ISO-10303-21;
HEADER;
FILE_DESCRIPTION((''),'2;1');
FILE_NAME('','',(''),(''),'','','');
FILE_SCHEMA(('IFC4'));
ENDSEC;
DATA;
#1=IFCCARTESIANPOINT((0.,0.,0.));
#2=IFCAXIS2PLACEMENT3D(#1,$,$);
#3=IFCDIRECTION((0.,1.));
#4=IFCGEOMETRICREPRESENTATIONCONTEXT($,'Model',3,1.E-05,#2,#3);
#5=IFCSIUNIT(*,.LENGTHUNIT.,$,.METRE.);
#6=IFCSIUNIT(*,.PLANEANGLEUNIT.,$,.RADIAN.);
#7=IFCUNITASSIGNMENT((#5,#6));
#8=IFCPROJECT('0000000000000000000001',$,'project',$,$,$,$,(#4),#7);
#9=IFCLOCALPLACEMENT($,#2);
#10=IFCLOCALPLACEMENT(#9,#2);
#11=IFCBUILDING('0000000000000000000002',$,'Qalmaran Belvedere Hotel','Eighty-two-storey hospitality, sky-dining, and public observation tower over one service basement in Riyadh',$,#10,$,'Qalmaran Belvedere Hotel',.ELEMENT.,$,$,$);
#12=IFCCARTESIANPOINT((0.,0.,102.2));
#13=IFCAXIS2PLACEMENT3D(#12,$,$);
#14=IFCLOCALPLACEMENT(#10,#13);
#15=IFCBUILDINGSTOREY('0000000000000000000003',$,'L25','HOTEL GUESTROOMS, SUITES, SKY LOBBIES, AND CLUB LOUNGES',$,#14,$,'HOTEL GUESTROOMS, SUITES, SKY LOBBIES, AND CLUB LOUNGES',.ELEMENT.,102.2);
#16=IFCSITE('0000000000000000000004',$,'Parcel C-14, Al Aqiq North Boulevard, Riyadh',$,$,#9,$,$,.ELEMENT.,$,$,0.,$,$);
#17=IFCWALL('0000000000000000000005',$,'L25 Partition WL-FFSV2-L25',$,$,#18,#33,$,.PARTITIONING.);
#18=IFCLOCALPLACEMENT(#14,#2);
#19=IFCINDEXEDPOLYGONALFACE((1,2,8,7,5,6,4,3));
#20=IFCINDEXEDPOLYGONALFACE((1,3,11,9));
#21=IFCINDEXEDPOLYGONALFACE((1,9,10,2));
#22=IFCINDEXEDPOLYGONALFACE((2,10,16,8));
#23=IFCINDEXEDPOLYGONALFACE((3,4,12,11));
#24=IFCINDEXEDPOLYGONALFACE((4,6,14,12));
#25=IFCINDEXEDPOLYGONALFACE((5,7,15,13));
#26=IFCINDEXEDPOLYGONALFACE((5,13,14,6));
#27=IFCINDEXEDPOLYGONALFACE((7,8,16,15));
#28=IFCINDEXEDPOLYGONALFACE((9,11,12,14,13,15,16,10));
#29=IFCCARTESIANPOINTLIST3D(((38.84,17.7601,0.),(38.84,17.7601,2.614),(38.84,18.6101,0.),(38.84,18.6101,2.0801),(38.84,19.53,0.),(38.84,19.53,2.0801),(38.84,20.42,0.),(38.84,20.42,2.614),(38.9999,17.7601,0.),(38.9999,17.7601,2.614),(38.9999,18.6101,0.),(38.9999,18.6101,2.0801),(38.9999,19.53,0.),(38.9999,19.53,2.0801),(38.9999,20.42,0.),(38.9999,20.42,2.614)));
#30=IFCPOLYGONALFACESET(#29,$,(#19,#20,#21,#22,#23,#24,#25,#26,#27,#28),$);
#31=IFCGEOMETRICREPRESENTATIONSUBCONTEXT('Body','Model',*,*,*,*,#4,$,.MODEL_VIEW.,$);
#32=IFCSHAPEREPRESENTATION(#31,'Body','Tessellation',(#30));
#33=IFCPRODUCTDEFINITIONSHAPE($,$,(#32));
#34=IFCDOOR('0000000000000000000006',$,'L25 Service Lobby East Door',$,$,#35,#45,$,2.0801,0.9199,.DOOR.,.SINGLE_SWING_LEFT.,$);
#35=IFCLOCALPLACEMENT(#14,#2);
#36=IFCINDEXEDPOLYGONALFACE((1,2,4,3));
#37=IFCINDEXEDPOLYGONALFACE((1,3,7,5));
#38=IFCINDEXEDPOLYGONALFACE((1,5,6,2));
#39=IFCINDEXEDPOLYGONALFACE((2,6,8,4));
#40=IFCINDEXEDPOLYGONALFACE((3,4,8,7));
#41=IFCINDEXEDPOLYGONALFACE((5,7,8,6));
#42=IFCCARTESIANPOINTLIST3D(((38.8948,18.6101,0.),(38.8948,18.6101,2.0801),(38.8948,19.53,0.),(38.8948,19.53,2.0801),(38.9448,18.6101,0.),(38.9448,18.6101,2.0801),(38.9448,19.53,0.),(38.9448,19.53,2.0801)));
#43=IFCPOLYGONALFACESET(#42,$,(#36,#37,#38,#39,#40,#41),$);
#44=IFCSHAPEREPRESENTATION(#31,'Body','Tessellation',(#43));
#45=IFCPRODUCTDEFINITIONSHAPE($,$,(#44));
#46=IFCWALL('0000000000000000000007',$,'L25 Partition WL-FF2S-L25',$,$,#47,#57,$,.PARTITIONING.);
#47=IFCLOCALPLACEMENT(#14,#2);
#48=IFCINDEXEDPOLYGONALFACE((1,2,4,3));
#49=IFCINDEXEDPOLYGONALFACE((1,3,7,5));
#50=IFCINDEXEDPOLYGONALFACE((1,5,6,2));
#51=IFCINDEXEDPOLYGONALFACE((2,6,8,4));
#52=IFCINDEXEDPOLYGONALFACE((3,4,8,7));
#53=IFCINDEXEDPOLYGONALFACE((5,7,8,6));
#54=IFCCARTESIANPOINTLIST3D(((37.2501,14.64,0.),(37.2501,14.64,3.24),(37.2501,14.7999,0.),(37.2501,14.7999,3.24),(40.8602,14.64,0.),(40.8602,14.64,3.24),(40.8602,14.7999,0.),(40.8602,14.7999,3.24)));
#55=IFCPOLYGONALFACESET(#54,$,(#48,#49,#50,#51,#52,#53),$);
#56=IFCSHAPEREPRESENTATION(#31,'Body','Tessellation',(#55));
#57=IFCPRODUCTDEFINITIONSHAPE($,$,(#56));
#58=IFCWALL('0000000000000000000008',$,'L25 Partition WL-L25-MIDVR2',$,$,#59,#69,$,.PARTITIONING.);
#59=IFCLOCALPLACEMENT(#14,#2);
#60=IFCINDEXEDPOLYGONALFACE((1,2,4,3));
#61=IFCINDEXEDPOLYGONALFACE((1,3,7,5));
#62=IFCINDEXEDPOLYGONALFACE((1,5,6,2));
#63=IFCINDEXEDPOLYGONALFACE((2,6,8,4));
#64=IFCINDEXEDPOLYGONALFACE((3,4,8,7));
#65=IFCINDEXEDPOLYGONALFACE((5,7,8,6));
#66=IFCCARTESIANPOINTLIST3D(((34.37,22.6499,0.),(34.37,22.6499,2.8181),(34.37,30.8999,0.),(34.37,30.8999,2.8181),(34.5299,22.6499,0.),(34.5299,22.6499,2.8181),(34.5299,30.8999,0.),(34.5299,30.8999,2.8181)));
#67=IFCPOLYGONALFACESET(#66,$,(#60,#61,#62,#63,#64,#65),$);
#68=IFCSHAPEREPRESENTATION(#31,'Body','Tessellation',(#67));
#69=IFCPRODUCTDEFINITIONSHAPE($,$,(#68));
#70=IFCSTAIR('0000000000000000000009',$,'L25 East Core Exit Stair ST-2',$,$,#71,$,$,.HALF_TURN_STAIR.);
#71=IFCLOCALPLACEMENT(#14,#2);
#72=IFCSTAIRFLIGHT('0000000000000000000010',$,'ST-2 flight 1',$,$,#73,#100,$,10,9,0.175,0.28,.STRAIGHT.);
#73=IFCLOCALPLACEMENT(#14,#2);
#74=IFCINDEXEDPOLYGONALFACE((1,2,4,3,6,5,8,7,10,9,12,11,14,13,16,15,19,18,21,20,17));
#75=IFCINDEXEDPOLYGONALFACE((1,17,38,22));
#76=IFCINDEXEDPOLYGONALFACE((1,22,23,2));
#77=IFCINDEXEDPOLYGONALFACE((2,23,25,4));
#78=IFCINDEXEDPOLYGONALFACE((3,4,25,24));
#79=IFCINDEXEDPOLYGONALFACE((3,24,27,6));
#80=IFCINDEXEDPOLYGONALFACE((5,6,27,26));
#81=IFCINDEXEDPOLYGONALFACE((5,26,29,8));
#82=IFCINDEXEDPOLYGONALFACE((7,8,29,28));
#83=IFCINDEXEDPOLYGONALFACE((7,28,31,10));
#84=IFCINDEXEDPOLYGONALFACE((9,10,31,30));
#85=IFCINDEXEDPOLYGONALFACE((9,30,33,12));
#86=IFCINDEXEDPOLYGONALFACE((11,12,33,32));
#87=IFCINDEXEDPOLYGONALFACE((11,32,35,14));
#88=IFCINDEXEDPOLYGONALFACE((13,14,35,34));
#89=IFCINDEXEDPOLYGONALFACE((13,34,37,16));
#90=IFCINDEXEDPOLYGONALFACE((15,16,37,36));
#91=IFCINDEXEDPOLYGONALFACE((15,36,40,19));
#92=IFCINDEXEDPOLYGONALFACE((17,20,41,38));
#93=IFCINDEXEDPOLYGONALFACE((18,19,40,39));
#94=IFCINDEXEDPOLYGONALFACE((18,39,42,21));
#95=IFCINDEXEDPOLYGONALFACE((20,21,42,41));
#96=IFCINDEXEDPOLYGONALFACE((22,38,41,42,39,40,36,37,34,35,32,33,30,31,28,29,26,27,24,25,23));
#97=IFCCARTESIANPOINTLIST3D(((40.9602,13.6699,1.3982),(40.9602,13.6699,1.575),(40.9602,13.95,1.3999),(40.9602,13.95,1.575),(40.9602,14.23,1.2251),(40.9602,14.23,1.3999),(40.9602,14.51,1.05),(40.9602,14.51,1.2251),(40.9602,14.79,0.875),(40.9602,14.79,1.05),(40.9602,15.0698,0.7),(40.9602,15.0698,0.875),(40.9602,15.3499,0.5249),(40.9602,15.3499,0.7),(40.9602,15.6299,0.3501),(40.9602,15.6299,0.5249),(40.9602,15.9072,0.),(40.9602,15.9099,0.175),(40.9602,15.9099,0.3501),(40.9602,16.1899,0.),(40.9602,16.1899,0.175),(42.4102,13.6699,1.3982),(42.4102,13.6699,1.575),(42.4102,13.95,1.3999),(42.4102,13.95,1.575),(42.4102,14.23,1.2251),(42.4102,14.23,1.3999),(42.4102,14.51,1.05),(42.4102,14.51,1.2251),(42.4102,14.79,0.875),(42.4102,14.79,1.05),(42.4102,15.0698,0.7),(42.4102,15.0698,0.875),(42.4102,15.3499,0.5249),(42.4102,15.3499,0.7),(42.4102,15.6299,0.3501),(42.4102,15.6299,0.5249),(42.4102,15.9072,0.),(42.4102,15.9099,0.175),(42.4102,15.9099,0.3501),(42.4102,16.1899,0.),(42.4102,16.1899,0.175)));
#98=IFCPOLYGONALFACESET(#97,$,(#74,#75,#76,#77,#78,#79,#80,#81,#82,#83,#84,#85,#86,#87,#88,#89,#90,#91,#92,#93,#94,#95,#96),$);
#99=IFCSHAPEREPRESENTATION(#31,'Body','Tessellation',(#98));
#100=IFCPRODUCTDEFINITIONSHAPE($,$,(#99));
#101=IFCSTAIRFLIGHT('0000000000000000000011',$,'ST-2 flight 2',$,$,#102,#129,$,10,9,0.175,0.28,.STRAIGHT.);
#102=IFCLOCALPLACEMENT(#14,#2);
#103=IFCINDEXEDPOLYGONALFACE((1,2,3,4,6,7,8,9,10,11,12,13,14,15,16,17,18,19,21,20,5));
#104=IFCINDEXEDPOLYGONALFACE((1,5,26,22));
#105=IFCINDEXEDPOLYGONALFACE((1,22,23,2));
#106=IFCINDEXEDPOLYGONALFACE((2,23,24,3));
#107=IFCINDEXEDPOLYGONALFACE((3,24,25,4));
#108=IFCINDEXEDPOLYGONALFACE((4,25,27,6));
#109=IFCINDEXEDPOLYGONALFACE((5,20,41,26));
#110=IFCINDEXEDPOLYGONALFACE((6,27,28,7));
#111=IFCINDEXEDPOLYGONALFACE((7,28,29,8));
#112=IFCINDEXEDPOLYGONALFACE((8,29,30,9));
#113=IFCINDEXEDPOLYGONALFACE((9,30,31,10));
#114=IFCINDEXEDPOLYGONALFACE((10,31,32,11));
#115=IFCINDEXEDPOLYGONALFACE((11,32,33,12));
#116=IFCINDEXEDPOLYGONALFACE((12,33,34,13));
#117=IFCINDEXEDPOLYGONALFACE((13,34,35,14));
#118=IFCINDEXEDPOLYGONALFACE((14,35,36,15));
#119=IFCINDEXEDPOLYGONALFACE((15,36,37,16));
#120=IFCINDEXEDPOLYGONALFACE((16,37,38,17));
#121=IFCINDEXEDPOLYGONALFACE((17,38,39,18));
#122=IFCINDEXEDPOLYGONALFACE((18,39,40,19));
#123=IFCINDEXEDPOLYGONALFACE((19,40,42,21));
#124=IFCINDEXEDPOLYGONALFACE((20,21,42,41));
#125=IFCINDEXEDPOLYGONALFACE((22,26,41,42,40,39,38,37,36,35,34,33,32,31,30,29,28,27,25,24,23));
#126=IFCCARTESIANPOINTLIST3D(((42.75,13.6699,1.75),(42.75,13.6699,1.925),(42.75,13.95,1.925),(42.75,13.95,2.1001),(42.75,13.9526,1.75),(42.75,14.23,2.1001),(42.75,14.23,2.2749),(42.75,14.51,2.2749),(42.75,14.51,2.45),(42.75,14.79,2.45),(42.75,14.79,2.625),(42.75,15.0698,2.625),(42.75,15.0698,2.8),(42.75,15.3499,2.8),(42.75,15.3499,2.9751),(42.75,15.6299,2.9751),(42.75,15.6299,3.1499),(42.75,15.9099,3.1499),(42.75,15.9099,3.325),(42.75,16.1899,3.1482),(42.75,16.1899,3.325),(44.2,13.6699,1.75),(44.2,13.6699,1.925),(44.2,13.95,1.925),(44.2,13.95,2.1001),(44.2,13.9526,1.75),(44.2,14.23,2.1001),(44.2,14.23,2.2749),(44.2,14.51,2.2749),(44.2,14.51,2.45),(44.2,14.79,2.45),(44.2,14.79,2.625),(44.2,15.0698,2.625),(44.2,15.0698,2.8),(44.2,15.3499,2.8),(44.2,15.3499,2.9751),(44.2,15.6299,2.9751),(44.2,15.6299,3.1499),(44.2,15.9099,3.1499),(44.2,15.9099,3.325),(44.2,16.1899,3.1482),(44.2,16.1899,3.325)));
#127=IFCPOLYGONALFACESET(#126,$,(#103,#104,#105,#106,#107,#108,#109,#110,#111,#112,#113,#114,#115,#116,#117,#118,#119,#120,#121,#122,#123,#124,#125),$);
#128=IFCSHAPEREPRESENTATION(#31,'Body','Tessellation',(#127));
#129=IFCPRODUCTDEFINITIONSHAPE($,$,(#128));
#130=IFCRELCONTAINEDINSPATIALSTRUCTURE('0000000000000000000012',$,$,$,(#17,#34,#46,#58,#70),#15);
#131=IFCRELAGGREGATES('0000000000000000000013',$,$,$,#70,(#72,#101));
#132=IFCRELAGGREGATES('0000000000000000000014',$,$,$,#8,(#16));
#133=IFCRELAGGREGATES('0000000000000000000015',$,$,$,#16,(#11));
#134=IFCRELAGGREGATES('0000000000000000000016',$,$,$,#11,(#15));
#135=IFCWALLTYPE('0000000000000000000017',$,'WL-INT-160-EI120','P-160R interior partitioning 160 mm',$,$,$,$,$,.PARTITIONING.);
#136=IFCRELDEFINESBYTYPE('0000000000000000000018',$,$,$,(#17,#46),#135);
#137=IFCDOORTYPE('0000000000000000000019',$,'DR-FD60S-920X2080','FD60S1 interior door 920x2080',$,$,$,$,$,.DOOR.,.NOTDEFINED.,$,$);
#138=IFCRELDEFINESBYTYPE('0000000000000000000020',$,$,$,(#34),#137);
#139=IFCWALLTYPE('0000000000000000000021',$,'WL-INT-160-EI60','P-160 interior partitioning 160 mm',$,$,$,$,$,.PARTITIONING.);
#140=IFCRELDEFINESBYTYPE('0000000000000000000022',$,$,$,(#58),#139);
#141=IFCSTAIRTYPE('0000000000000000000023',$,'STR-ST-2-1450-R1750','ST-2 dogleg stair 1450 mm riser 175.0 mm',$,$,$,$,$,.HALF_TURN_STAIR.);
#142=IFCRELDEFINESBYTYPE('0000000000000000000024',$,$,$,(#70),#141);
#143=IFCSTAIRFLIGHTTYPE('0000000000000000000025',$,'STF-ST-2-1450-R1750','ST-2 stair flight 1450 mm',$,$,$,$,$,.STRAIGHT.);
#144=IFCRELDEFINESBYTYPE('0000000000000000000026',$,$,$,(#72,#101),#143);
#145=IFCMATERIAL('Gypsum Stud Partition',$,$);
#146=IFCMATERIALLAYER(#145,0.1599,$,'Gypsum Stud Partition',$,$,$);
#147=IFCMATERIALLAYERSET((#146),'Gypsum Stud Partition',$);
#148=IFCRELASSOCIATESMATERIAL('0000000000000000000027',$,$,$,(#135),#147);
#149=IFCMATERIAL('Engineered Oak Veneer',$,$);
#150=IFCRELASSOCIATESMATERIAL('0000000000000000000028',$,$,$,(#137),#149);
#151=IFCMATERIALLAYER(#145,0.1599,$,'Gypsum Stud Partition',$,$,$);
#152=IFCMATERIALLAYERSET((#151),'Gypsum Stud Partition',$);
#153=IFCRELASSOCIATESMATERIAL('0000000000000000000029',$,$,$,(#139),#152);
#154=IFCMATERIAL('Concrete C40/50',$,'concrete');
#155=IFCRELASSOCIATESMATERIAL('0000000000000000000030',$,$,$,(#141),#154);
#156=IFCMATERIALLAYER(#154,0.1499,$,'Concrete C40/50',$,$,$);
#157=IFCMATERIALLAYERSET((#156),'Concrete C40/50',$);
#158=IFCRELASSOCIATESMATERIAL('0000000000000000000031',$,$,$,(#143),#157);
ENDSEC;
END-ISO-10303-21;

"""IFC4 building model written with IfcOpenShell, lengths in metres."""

from ifc_helpers import new_model, si_unit, direction, frame, frame_2d, origin, place, context, subcontext, project, spatial, polyline, rectangle, outline, extrude, material, layer, layer_set, type_object, element, fill, aggregate, save


model = new_model("IFC4")

# Units and contexts
model_context = context("Model", 3, precision=1e-05, world=origin(), true_north=direction((0.0, 1.0)))
body_context = subcontext(model_context, "Body", "Model", "MODEL_VIEW")
ifc_project = project(units=[si_unit("LENGTHUNIT", "METRE"), si_unit("PLANEANGLEUNIT", "RADIAN")], contexts=[model_context])

# Site, building, storey
site_placement = place(None, origin())
site = spatial("IfcSite", under=ifc_project, at=site_placement, Name="Parcel C-14, Al Aqiq North Boulevard, Riyadh", CompositionType="ELEMENT", RefElevation=0.0)
building_placement = place(site_placement, origin())
building = spatial("IfcBuilding", under=site, at=building_placement, Name="Qalmaran Belvedere Hotel", Description="Eighty-two-storey hospitality, sky-dining, and public observation tower over one service basement in Riyadh", LongName="Qalmaran Belvedere Hotel", CompositionType="ELEMENT")
storey_placement = place(building_placement, frame((0.0, 0.0, 102.2)))
storey = spatial("IfcBuildingStorey", under=building, at=storey_placement, Name="L25", Description="HOTEL GUESTROOMS, SUITES, SKY LOBBIES, AND CLUB LOUNGES", LongName="HOTEL GUESTROOMS, SUITES, SKY LOBBIES, AND CLUB LOUNGES", CompositionType="ELEMENT", Elevation=102.2)

# Shared definitions
ifc_material_1 = material(Name="Gypsum Stud Partition")

# Wall, opening, door
ifc_layer_1 = layer(ifc_material_1, 0.1599, Name="Gypsum Stud Partition")
ifc_layer_set_1 = layer_set([ifc_layer_1], Name="Gypsum Stud Partition")
wall_type_1 = type_object("IfcWallType", Name="WL-INT-160-EI120", Description="P-160R interior partitioning 160 mm", PredefinedType="PARTITIONING", material=ifc_layer_set_1)
wall_1_placement = place(storey_placement, frame((38.9199, 17.76, 0.0), z_axis=(0.0, 0.0, 1.0), x_axis=(0.0, 1.0, 0.0)))
wall_1 = element("IfcWall", 1, at=wall_1_placement, inside=storey, type_object=wall_type_1, Name="L25 Partition WL-FFSV2-L25", PredefinedType="PARTITIONING", context=body_context, shape_type="SweptSolid", body=[
    extrude(rectangle(XDim=2.6599, YDim=0.1599, at=frame_2d((1.3301, 0.0))), origin(), (0.0, 0.0, 1.0), 2.614),
])
opening_1_placement = place(wall_1_placement, frame((1.77, 0.0, 0.0), z_axis=(0.0, 0.0, 1.0), x_axis=(-1.0, 0.0, 0.0)))
opening_1 = element("IfcOpeningElement", 2, at=opening_1_placement, cuts=wall_1, PredefinedType="OPENING", context=body_context, shape_type="SweptSolid", body=[
    extrude(rectangle(XDim=0.9199, YDim=2.0801, at=frame_2d((0.46, 1.04))), frame((0.0, 0.0898, 0.0), z_axis=(0.0, -1.0, 0.0), x_axis=(1.0, 0.0, 0.0)), (0.0, 0.0, 1.0), 0.1799),
])
ifc_material_2 = material(Name="Engineered Oak Veneer")
door_type_1 = type_object("IfcDoorType", Name="DR-FD60S-920X2080", Description="FD60S1 interior door 920x2080", OperationType="NOTDEFINED", PredefinedType="DOOR", material=ifc_material_2)
door_1_placement = place(opening_1_placement, origin())
door_1 = element("IfcDoor", 3, at=door_1_placement, inside=storey, type_object=door_type_1, Name="L25 Service Lobby East Door", OperationType="SINGLE_SWING_LEFT", OverallHeight=2.0801, OverallWidth=0.9199, PredefinedType="DOOR", context=body_context, shape_type="SweptSolid", body=[
    extrude(rectangle(XDim=0.9199, YDim=2.0801, at=frame_2d((0.46, 1.04))), frame((0.0, 0.0249, 0.0), z_axis=(0.0, -1.0, 0.0), x_axis=(1.0, 0.0, 0.0)), (0.0, 0.0, 1.0), 0.05),
])
fill(opening_1, door_1)

# Walls
wall_2_placement = place(storey_placement, frame((37.25, 14.72, 0.0), z_axis=(0.0, 0.0, 1.0), x_axis=(1.0, 0.0, 0.0)))
element("IfcWall", 4, at=wall_2_placement, inside=storey, type_object=wall_type_1, Name="L25 Partition WL-FF2S-L25", PredefinedType="PARTITIONING", context=body_context, shape_type="SweptSolid", body=[
    extrude(rectangle(XDim=3.6101, YDim=0.1599, at=frame_2d((1.8052, 0.0))), origin(), (0.0, 0.0, 1.0), 3.24),
])
ifc_layer_2 = layer(ifc_material_1, 0.1599, Name="Gypsum Stud Partition")
ifc_layer_set_2 = layer_set([ifc_layer_2], Name="Gypsum Stud Partition")
wall_type_2 = type_object("IfcWallType", Name="WL-INT-160-EI60", Description="P-160 interior partitioning 160 mm", PredefinedType="PARTITIONING", material=ifc_layer_set_2)
wall_3_placement = place(storey_placement, frame((34.45, 22.6499, 0.0), z_axis=(0.0, 0.0, 1.0), x_axis=(0.0, 1.0, 0.0)))
element("IfcWall", 5, at=wall_3_placement, inside=storey, type_object=wall_type_2, Name="L25 Partition WL-L25-MIDVR2", PredefinedType="PARTITIONING", context=body_context, shape_type="SweptSolid", body=[
    extrude(rectangle(XDim=8.25, YDim=0.1599, at=frame_2d((4.125, 0.0))), origin(), (0.0, 0.0, 1.0), 2.8181),
])

# Stair, stair flights
ifc_material_3 = material(Name="Concrete C40/50", Category="concrete")
stair_type = type_object("IfcStairType", Name="STR-ST-2-1450-R1750", Description="ST-2 dogleg stair 1450 mm riser 175.0 mm", PredefinedType="HALF_TURN_STAIR", material=ifc_material_3)
stair_placement = place(storey_placement, origin())
stair = element("IfcStair", 6, at=stair_placement, inside=storey, type_object=stair_type, Name="L25 East Core Exit Stair ST-2", PredefinedType="HALF_TURN_STAIR")
ifc_layer_3 = layer(ifc_material_3, 0.1499, Name="Concrete C40/50")
ifc_layer_set_3 = layer_set([ifc_layer_3], Name="Concrete C40/50")
stair_flight_type = type_object("IfcStairFlightType", Name="STF-ST-2-1450-R1750", Description="ST-2 stair flight 1450 mm", PredefinedType="STRAIGHT", material=ifc_layer_set_3)
stair_flight_1_placement = place(storey_placement, frame((41.6851, 16.1899, 0.0), z_axis=(0.0, 0.0, 1.0), x_axis=(0.0, -1.0, 0.0)))
stair_flight_1 = element("IfcStairFlight", 7, at=stair_flight_1_placement, type_object=stair_flight_type, Name="ST-2 flight 1", NumberOfRisers=10, NumberOfTreads=9, PredefinedType="STRAIGHT", RiserHeight=0.175, TreadLength=0.28, context=body_context, shape_type="SweptSolid", body=[
    extrude(outline(polyline([(0.0, 0.0), (0.0, 0.175), (0.28, 0.175), (0.28, 0.3501), (0.5601, 0.3501), (0.5601, 0.5249), (0.8401, 0.5249), (0.8401, 0.7), (1.1201, 0.7), (1.1201, 0.875), (1.3999, 0.875), (1.3999, 1.05), (1.6799, 1.05), (1.6799, 1.2251), (1.96, 1.2251), (1.96, 1.3999), (2.24, 1.3999), (2.24, 1.575), (2.52, 1.575), (2.52, 1.75), (2.52, 1.3982), (0.2827, 0.0), (0.0, 0.0)])), frame((0.0, 0.7251, 0.0), z_axis=(0.0, -1.0, 0.0), x_axis=(1.0, 0.0, 0.0)), (0.0, 0.0, 1.0), 1.45),
])
stair_flight_2_placement = place(storey_placement, frame((43.4751, 13.6699, 1.75), z_axis=(0.0, 0.0, 1.0), x_axis=(0.0, 1.0, 0.0)))
stair_flight_2 = element("IfcStairFlight", 8, at=stair_flight_2_placement, type_object=stair_flight_type, Name="ST-2 flight 2", NumberOfRisers=10, NumberOfTreads=9, PredefinedType="STRAIGHT", RiserHeight=0.175, TreadLength=0.28, context=body_context, shape_type="SweptSolid", body=[
    extrude(outline(polyline([(0.0, 0.0), (0.0, 0.175), (0.28, 0.175), (0.28, 0.3501), (0.5601, 0.3501), (0.5601, 0.5249), (0.8401, 0.5249), (0.8401, 0.7), (1.1201, 0.7), (1.1201, 0.875), (1.3999, 0.875), (1.3999, 1.05), (1.6799, 1.05), (1.6799, 1.2251), (1.96, 1.2251), (1.96, 1.3999), (2.24, 1.3999), (2.24, 1.575), (2.52, 1.575), (2.52, 1.75), (2.52, 1.3982), (0.2827, 0.0), (0.0, 0.0)])), frame((0.0, 0.7251, 0.0), z_axis=(0.0, -1.0, 0.0), x_axis=(1.0, 0.0, 0.0)), (0.0, 0.0, 1.0), 1.45),
])
aggregate(stair, [stair_flight_1, stair_flight_2])

save(model, "model.ifc")
